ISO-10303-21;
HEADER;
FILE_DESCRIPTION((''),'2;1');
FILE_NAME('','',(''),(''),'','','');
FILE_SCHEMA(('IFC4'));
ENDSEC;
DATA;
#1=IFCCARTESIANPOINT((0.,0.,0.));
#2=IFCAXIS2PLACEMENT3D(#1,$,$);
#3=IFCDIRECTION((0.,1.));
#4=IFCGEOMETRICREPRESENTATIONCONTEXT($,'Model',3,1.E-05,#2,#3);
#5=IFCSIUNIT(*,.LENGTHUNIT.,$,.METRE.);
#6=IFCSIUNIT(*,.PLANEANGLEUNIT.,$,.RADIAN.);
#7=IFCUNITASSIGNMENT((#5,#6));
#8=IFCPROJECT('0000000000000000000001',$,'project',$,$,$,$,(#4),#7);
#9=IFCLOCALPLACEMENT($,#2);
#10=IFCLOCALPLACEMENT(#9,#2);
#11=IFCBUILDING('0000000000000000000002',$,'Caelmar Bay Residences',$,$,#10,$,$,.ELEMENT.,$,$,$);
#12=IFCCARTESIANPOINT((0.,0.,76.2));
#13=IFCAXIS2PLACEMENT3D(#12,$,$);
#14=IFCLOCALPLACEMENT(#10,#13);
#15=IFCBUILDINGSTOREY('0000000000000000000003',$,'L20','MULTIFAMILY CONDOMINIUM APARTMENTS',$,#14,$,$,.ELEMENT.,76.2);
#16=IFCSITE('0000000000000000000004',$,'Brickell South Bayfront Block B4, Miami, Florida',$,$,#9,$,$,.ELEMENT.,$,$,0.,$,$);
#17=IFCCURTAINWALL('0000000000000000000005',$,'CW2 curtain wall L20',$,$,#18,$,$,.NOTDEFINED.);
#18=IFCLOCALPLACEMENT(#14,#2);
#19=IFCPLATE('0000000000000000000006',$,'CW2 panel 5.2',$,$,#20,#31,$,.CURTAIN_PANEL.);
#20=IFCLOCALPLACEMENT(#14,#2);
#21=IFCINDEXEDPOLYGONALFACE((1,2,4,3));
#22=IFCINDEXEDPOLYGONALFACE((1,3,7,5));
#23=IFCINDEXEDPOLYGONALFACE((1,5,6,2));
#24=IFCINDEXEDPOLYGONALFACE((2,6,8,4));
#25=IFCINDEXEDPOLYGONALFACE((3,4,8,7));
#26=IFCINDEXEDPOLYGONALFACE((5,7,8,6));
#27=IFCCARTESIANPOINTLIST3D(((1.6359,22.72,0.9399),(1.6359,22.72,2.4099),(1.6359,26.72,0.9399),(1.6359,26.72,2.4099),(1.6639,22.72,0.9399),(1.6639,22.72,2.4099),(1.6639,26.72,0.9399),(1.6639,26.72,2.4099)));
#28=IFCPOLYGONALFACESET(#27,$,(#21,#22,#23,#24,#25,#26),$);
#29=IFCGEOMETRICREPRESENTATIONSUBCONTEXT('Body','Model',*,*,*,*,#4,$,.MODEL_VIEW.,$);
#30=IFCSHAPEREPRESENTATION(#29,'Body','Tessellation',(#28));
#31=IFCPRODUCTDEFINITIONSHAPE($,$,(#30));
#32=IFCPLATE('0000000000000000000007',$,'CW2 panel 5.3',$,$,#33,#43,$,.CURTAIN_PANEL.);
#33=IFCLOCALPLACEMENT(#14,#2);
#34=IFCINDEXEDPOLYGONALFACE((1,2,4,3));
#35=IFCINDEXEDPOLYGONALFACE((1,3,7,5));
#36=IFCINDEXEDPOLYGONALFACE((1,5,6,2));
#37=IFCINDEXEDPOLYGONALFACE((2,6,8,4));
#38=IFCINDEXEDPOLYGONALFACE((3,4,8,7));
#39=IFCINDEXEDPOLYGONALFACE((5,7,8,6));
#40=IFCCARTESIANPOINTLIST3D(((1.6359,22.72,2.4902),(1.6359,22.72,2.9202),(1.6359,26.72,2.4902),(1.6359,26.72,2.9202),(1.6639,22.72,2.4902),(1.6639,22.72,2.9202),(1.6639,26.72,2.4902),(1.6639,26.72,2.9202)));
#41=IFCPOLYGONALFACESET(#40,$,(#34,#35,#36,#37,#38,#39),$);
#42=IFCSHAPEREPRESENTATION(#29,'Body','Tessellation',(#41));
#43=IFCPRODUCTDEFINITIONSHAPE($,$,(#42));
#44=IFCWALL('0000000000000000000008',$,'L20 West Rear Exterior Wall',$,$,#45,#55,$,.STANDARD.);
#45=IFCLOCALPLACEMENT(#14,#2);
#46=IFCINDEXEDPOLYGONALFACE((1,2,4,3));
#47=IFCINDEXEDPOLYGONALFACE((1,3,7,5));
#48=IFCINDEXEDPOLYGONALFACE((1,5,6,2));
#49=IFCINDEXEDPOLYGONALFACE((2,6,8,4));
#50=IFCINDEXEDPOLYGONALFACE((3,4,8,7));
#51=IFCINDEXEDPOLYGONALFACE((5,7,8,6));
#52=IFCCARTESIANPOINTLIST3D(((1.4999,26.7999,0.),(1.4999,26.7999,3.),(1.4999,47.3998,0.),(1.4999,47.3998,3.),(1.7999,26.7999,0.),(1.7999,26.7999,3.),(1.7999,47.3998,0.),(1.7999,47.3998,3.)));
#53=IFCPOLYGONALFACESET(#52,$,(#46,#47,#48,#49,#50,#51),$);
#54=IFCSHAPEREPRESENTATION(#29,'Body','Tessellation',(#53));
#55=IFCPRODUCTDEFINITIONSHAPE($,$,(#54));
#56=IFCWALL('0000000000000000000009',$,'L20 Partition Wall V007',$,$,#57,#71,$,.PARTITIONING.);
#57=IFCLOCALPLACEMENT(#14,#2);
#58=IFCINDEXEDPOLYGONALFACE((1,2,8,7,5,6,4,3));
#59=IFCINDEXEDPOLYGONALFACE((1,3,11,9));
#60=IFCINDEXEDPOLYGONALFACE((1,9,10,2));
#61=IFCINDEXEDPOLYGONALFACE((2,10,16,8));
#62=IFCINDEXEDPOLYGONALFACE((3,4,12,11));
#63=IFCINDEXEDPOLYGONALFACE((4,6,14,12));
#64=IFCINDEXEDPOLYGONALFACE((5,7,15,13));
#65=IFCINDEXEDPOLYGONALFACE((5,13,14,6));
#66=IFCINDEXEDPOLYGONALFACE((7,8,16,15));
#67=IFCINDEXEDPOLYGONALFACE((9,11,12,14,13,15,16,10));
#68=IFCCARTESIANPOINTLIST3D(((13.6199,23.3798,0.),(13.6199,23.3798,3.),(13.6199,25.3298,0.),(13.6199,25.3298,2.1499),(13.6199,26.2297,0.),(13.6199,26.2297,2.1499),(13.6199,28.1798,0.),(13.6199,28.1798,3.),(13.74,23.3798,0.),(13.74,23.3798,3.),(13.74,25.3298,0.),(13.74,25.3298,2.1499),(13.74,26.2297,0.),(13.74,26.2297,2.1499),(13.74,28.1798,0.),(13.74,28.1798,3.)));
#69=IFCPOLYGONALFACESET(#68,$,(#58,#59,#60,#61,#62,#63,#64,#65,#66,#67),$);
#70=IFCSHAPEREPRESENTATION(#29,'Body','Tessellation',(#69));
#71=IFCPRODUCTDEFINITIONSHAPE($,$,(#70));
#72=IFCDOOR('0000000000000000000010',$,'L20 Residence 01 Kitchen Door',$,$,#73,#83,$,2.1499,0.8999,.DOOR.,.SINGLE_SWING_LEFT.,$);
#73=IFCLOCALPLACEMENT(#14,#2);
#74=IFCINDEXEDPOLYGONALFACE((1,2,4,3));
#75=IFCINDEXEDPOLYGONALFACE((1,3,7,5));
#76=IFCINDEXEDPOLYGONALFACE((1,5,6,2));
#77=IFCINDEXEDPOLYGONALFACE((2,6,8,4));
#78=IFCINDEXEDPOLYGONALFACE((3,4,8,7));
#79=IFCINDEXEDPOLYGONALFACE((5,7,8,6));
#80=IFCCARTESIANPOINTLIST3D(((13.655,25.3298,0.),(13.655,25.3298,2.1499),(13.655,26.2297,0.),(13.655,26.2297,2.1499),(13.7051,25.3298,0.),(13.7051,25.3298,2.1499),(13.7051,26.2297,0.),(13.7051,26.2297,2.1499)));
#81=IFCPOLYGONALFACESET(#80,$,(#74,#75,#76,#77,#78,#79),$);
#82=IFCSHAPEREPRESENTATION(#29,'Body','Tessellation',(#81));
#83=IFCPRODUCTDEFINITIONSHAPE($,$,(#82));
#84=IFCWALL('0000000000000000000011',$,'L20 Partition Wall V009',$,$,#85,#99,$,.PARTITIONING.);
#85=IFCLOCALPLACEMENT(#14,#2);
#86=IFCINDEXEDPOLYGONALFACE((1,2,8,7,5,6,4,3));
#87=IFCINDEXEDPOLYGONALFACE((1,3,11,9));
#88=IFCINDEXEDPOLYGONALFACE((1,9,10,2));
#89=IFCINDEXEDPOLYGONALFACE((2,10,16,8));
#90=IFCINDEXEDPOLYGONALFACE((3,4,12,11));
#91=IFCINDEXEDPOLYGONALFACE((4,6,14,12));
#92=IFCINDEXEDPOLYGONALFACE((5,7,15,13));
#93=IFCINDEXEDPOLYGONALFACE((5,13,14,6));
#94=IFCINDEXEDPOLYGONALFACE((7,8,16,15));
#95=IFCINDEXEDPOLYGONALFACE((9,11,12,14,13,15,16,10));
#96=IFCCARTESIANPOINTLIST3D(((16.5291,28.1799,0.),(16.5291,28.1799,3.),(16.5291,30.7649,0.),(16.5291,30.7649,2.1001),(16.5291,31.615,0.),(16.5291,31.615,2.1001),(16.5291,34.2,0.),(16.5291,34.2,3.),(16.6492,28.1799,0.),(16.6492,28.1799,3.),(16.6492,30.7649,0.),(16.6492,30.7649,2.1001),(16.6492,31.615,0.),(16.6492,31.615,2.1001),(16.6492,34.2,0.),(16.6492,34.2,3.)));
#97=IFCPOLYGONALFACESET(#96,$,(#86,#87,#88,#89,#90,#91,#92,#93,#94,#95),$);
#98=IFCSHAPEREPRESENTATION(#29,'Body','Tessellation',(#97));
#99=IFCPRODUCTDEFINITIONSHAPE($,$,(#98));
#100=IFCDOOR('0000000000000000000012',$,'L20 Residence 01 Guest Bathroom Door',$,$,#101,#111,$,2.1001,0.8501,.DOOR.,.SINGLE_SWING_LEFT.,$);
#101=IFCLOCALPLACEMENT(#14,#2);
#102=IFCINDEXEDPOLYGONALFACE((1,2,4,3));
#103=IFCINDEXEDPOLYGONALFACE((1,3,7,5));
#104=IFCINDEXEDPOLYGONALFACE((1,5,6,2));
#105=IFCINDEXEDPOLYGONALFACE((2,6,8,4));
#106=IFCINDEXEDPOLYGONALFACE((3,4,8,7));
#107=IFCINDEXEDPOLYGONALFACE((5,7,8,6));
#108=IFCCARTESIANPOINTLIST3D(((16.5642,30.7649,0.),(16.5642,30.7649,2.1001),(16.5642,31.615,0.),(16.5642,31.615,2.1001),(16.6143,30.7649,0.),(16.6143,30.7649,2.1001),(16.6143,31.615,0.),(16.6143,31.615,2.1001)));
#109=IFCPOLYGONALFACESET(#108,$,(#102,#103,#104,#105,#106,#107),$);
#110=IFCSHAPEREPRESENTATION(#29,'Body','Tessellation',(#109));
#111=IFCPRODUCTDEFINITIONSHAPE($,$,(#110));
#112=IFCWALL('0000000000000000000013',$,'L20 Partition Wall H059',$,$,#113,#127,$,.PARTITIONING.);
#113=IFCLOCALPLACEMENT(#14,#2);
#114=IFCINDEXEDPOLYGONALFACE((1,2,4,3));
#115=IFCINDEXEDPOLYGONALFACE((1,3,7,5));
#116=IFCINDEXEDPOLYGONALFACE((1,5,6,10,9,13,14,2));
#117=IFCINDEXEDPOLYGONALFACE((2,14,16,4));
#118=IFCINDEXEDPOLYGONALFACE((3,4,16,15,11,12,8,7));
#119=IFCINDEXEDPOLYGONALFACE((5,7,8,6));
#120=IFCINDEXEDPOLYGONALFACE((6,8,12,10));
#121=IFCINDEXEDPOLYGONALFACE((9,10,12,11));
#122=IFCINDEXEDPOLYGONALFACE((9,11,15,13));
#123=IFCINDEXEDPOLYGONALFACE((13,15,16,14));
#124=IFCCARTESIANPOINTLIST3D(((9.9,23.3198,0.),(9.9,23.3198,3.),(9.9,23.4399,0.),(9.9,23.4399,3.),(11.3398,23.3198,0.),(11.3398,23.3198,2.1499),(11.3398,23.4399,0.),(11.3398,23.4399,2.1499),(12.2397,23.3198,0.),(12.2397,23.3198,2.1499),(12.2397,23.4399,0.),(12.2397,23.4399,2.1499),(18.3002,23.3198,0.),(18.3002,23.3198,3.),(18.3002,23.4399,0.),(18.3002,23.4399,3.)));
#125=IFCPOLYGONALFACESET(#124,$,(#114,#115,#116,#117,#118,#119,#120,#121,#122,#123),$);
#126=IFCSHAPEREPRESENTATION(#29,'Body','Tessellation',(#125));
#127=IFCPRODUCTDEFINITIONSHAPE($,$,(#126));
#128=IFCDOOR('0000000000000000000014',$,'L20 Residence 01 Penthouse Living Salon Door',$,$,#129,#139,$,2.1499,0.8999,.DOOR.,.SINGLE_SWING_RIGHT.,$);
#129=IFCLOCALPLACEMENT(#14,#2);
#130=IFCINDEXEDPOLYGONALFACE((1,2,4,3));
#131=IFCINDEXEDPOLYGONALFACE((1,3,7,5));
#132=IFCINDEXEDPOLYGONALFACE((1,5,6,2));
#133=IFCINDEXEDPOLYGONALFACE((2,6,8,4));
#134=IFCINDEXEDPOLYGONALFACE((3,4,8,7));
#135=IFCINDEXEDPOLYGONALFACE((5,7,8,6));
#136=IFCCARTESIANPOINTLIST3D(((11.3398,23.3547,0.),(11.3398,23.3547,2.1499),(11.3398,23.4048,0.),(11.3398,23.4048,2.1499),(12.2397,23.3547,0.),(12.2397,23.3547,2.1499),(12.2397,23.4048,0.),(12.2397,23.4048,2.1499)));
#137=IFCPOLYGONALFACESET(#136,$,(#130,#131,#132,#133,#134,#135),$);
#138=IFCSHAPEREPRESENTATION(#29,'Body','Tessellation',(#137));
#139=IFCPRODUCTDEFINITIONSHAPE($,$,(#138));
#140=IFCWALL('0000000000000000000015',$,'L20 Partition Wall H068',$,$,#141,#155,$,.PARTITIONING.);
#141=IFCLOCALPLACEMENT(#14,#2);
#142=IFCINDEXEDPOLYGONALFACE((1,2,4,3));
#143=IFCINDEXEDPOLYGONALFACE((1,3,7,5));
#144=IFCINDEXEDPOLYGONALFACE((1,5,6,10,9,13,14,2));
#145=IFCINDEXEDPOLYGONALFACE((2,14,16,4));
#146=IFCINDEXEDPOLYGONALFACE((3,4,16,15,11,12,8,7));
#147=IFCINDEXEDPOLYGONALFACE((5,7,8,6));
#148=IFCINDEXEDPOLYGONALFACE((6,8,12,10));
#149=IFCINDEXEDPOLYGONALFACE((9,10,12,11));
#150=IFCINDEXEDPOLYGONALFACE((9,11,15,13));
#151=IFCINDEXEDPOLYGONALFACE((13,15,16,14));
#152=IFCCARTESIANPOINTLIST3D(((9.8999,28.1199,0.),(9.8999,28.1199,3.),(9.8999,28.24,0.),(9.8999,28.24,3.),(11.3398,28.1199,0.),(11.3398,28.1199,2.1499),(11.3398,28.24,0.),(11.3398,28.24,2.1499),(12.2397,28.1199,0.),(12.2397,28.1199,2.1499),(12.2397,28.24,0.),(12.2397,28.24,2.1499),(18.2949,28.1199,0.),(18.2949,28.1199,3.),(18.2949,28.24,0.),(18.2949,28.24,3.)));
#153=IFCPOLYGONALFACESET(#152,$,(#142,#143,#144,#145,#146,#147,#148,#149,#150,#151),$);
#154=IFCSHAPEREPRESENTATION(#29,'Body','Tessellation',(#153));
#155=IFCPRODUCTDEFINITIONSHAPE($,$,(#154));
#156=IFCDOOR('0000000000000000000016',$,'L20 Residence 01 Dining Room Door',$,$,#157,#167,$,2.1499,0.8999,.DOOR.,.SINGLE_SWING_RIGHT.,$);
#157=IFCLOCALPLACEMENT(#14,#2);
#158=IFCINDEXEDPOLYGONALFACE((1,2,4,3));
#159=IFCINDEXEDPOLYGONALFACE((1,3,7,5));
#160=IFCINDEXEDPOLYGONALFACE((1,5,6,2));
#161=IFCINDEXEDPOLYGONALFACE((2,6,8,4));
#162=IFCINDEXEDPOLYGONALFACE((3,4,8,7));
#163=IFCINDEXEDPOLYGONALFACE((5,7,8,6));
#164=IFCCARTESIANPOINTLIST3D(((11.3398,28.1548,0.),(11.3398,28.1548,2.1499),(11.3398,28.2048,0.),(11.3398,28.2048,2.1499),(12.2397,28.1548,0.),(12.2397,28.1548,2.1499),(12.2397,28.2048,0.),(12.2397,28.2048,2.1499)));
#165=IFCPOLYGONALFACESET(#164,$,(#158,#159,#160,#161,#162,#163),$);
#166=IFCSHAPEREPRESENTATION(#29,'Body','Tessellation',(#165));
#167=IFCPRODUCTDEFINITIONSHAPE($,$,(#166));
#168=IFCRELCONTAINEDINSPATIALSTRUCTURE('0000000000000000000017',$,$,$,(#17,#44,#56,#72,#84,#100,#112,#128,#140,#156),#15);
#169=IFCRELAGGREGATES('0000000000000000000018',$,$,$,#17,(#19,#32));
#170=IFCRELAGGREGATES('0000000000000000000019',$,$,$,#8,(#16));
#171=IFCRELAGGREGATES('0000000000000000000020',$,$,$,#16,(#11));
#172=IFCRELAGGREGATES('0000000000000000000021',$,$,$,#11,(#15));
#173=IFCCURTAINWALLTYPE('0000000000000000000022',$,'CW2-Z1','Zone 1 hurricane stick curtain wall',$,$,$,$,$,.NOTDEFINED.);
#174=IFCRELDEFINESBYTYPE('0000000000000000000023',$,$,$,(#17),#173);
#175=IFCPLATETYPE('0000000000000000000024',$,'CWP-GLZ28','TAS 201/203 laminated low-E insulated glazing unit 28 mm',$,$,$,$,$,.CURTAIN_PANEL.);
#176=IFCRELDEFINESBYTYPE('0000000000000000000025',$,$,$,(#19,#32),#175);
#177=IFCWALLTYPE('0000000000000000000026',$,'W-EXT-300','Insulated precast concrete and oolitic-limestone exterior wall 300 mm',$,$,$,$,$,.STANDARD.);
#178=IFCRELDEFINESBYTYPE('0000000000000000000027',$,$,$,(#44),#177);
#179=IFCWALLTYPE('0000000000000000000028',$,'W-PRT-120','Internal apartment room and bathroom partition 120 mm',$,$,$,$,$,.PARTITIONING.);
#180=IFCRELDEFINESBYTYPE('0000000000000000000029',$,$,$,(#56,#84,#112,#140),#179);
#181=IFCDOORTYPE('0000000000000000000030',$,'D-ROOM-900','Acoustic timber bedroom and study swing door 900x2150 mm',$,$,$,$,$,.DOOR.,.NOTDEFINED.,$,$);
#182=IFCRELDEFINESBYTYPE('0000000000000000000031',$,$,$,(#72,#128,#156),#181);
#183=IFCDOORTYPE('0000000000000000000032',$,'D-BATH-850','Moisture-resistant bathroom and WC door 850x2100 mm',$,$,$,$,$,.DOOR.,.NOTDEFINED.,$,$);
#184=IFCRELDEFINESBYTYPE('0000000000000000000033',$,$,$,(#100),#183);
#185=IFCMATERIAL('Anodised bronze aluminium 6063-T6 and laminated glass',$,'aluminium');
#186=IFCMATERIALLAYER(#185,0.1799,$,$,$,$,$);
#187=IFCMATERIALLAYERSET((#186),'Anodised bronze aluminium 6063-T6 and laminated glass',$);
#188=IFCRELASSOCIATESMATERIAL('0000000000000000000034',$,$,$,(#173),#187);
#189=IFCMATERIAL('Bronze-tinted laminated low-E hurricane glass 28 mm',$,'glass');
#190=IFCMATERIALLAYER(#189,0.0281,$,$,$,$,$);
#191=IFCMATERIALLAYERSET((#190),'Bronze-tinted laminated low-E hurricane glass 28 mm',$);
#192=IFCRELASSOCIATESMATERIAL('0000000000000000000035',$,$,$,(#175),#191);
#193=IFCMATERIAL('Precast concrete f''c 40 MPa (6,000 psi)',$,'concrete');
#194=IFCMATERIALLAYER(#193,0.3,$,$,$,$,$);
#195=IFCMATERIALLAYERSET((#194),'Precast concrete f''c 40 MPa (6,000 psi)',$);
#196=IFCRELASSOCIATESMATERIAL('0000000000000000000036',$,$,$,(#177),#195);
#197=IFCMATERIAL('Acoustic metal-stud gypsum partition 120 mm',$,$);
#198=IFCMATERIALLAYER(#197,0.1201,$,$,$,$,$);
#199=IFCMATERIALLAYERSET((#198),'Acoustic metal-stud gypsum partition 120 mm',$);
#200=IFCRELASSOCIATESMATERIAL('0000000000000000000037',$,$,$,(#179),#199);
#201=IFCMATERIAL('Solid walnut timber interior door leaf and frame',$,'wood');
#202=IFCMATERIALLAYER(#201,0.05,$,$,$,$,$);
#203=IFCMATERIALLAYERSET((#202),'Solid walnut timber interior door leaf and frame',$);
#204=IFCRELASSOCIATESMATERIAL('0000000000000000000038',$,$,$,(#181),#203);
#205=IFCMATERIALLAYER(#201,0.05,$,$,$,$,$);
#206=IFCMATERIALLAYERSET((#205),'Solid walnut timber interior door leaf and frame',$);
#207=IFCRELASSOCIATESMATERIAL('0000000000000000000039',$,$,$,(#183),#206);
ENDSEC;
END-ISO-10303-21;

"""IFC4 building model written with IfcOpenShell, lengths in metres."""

from ifc_helpers import new_model, si_unit, direction, frame, frame_2d, origin, origin_2d, place, context, subcontext, project, spatial, rectangle, extrude, material, layer, layer_set, type_object, element, fill, aggregate, save


model = new_model("IFC4")

# Units and contexts
model_context = context("Model", 3, precision=1e-05, world=origin(), true_north=direction((0.0, 1.0)))
body_context = subcontext(model_context, "Body", "Model", "MODEL_VIEW")
ifc_project = project(units=[si_unit("LENGTHUNIT", "METRE"), si_unit("PLANEANGLEUNIT", "RADIAN")], contexts=[model_context])

# Site, building, storey
site_placement = place(None, origin())
site = spatial("IfcSite", under=ifc_project, at=site_placement, Name="Brickell South Bayfront Block B4, Miami, Florida", CompositionType="ELEMENT", RefElevation=0.0)
building_placement = place(site_placement, origin())
building = spatial("IfcBuilding", under=site, at=building_placement, Name="Caelmar Bay Residences", CompositionType="ELEMENT")
storey_placement = place(building_placement, frame((0.0, 0.0, 76.2)))
storey = spatial("IfcBuildingStorey", under=building, at=storey_placement, Name="L20", Description="MULTIFAMILY CONDOMINIUM APARTMENTS", CompositionType="ELEMENT", Elevation=76.2)

# Curtain wall, plates
ifc_material_1 = material(Name="Anodised bronze aluminium 6063-T6 and laminated glass", Category="aluminium")
ifc_layer_1 = layer(ifc_material_1, 0.1799)
ifc_layer_set_1 = layer_set([ifc_layer_1], Name="Anodised bronze aluminium 6063-T6 and laminated glass")
curtain_wall_type = type_object("IfcCurtainWallType", Name="CW2-Z1", Description="Zone 1 hurricane stick curtain wall", PredefinedType="NOTDEFINED", material=ifc_layer_set_1)
curtain_wall_placement = place(storey_placement, origin())
curtain_wall = element("IfcCurtainWall", 1, at=curtain_wall_placement, inside=storey, type_object=curtain_wall_type, Name="CW2 curtain wall L20", PredefinedType="NOTDEFINED")
ifc_material_2 = material(Name="Bronze-tinted laminated low-E hurricane glass 28 mm", Category="glass")
ifc_layer_2 = layer(ifc_material_2, 0.0281)
ifc_layer_set_2 = layer_set([ifc_layer_2], Name="Bronze-tinted laminated low-E hurricane glass 28 mm")
plate_type = type_object("IfcPlateType", Name="CWP-GLZ28", Description="TAS 201/203 laminated low-E insulated glazing unit 28 mm", PredefinedType="CURTAIN_PANEL", material=ifc_layer_set_2)
plate_1_placement = place(storey_placement, frame((1.6499, 24.72, 0.9399), z_axis=(0.0, 0.0, 1.0), x_axis=(0.0, 1.0, 0.0)))
plate_1 = element("IfcPlate", 2, at=plate_1_placement, type_object=plate_type, Name="CW2 panel 5.2", PredefinedType="CURTAIN_PANEL", context=body_context, shape_type="SweptSolid", body=[
    extrude(rectangle(XDim=4.0, YDim=0.0281, at=origin_2d()), origin(), (0.0, 0.0, 1.0), 1.47),
])
plate_2_placement = place(storey_placement, frame((1.6499, 24.72, 2.4902), z_axis=(0.0, 0.0, 1.0), x_axis=(0.0, 1.0, 0.0)))
plate_2 = element("IfcPlate", 3, at=plate_2_placement, type_object=plate_type, Name="CW2 panel 5.3", PredefinedType="CURTAIN_PANEL", context=body_context, shape_type="SweptSolid", body=[
    extrude(rectangle(XDim=4.0, YDim=0.0281, at=origin_2d()), origin(), (0.0, 0.0, 1.0), 0.4299),
])
aggregate(curtain_wall, [plate_1, plate_2])

# Wall
ifc_material_3 = material(Name="Precast concrete f'c 40 MPa (6,000 psi)", Category="concrete")
ifc_layer_3 = layer(ifc_material_3, 0.3)
ifc_layer_set_3 = layer_set([ifc_layer_3], Name="Precast concrete f'c 40 MPa (6,000 psi)")
wall_type_1 = type_object("IfcWallType", Name="W-EXT-300", Description="Insulated precast concrete and oolitic-limestone exterior wall 300 mm", PredefinedType="STANDARD", material=ifc_layer_set_3)
wall_1_placement = place(storey_placement, frame((1.6499, 26.8, 0.0), z_axis=(0.0, 0.0, 1.0), x_axis=(0.0, 1.0, 0.0)))
element("IfcWall", 4, at=wall_1_placement, inside=storey, type_object=wall_type_1, Name="L20 West Rear Exterior Wall", PredefinedType="STANDARD", context=body_context, shape_type="SweptSolid", body=[
    extrude(rectangle(XDim=20.5999, YDim=0.3, at=frame_2d((10.2998, 0.0))), origin(), (0.0, 0.0, 1.0), 3.0),
])

# Walls, openings, doors
ifc_material_4 = material(Name="Acoustic metal-stud gypsum partition 120 mm")
ifc_layer_4 = layer(ifc_material_4, 0.1201)
ifc_layer_set_4 = layer_set([ifc_layer_4], Name="Acoustic metal-stud gypsum partition 120 mm")
wall_type_2 = type_object("IfcWallType", Name="W-PRT-120", Description="Internal apartment room and bathroom partition 120 mm", PredefinedType="PARTITIONING", material=ifc_layer_set_4)
wall_2_placement = place(storey_placement, frame((13.6799, 23.3799, 0.0), z_axis=(0.0, 0.0, 1.0), x_axis=(0.0, 1.0, 0.0)))
wall_2 = element("IfcWall", 5, at=wall_2_placement, inside=storey, type_object=wall_type_2, Name="L20 Partition Wall V007", PredefinedType="PARTITIONING", context=body_context, shape_type="SweptSolid", body=[
    extrude(rectangle(XDim=4.8, YDim=0.1201, at=frame_2d((2.3999, 0.0))), origin(), (0.0, 0.0, 1.0), 3.0),
])
opening_1_placement = place(wall_2_placement, frame((1.95, 0.0, 0.0)))
opening_1 = element("IfcOpeningElement", 6, at=opening_1_placement, cuts=wall_2, PredefinedType="OPENING", context=body_context, shape_type="SweptSolid", body=[
    extrude(rectangle(XDim=0.8999, YDim=2.1499, at=frame_2d((0.45, 1.075))), frame((0.0, 0.0701, 0.0), z_axis=(0.0, -1.0, 0.0), x_axis=(1.0, 0.0, 0.0)), (0.0, 0.0, 1.0), 0.1401),
])
ifc_material_5 = material(Name="Solid walnut timber interior door leaf and frame", Category="wood")
ifc_layer_5 = layer(ifc_material_5, 0.05)
ifc_layer_set_5 = layer_set([ifc_layer_5], Name="Solid walnut timber interior door leaf and frame")
door_type_1 = type_object("IfcDoorType", Name="D-ROOM-900", Description="Acoustic timber bedroom and study swing door 900x2150 mm", OperationType="NOTDEFINED", PredefinedType="DOOR", material=ifc_layer_set_5)
door_1_placement = place(opening_1_placement, origin())
door_1 = element("IfcDoor", 7, at=door_1_placement, inside=storey, type_object=door_type_1, Name="L20 Residence 01 Kitchen Door", OperationType="SINGLE_SWING_LEFT", OverallHeight=2.1499, OverallWidth=0.8999, PredefinedType="DOOR", context=body_context, shape_type="SweptSolid", body=[
    extrude(rectangle(XDim=0.8999, YDim=2.1499, at=frame_2d((0.45, 1.075))), frame((0.0, 0.0249, 0.0), z_axis=(0.0, -1.0, 0.0), x_axis=(1.0, 0.0, 0.0)), (0.0, 0.0, 1.0), 0.05),
])
fill(opening_1, door_1)
wall_3_placement = place(storey_placement, frame((16.5891, 28.1799, 0.0), z_axis=(0.0, 0.0, 1.0), x_axis=(0.0, 1.0, 0.0)))
wall_3 = element("IfcWall", 8, at=wall_3_placement, inside=storey, type_object=wall_type_2, Name="L20 Partition Wall V009", PredefinedType="PARTITIONING", context=body_context, shape_type="SweptSolid", body=[
    extrude(rectangle(XDim=6.02, YDim=0.1201, at=frame_2d((3.01, 0.0))), origin(), (0.0, 0.0, 1.0), 3.0),
])
opening_2_placement = place(wall_3_placement, frame((2.585, 0.0, 0.0)))
opening_2 = element("IfcOpeningElement", 9, at=opening_2_placement, cuts=wall_3, PredefinedType="OPENING", context=body_context, shape_type="SweptSolid", body=[
    extrude(rectangle(XDim=0.8501, YDim=2.1001, at=frame_2d((0.425, 1.05))), frame((0.0, 0.0701, 0.0), z_axis=(0.0, -1.0, 0.0), x_axis=(1.0, 0.0, 0.0)), (0.0, 0.0, 1.0), 0.1401),
])
ifc_layer_6 = layer(ifc_material_5, 0.05)
ifc_layer_set_6 = layer_set([ifc_layer_6], Name="Solid walnut timber interior door leaf and frame")
door_type_2 = type_object("IfcDoorType", Name="D-BATH-850", Description="Moisture-resistant bathroom and WC door 850x2100 mm", OperationType="NOTDEFINED", PredefinedType="DOOR", material=ifc_layer_set_6)
door_2_placement = place(opening_2_placement, origin())
door_2 = element("IfcDoor", 10, at=door_2_placement, inside=storey, type_object=door_type_2, Name="L20 Residence 01 Guest Bathroom Door", OperationType="SINGLE_SWING_LEFT", OverallHeight=2.1001, OverallWidth=0.8501, PredefinedType="DOOR", context=body_context, shape_type="SweptSolid", body=[
    extrude(rectangle(XDim=0.8501, YDim=2.1001, at=frame_2d((0.425, 1.05))), frame((0.0, 0.0249, 0.0), z_axis=(0.0, -1.0, 0.0), x_axis=(1.0, 0.0, 0.0)), (0.0, 0.0, 1.0), 0.05),
])
fill(opening_2, door_2)
wall_4_placement = place(storey_placement, frame((9.8999, 23.3799, 0.0), z_axis=(0.0, 0.0, 1.0), x_axis=(1.0, 0.0, 0.0)))
wall_4 = element("IfcWall", 11, at=wall_4_placement, inside=storey, type_object=wall_type_2, Name="L20 Partition Wall H059", PredefinedType="PARTITIONING", context=body_context, shape_type="SweptSolid", body=[
    extrude(rectangle(XDim=8.4001, YDim=0.1201, at=frame_2d((4.2002, 0.0))), origin(), (0.0, 0.0, 1.0), 3.0),
])
opening_3_placement = place(wall_4_placement, frame((1.4399, 0.0, 0.0)))
opening_3 = element("IfcOpeningElement", 12, at=opening_3_placement, cuts=wall_4, PredefinedType="OPENING", context=body_context, shape_type="SweptSolid", body=[
    extrude(rectangle(XDim=0.8999, YDim=2.1499, at=frame_2d((0.45, 1.075))), frame((0.0, 0.0701, 0.0), z_axis=(0.0, -1.0, 0.0), x_axis=(1.0, 0.0, 0.0)), (0.0, 0.0, 1.0), 0.1401),
])
door_3_placement = place(opening_3_placement, origin())
door_3 = element("IfcDoor", 13, at=door_3_placement, inside=storey, type_object=door_type_1, Name="L20 Residence 01 Penthouse Living Salon Door", OperationType="SINGLE_SWING_RIGHT", OverallHeight=2.1499, OverallWidth=0.8999, PredefinedType="DOOR", context=body_context, shape_type="SweptSolid", body=[
    extrude(rectangle(XDim=0.8999, YDim=2.1499, at=frame_2d((0.45, 1.075))), frame((0.0, 0.0249, 0.0), z_axis=(0.0, -1.0, 0.0), x_axis=(1.0, 0.0, 0.0)), (0.0, 0.0, 1.0), 0.05),
])
fill(opening_3, door_3)
wall_5_placement = place(storey_placement, frame((9.8999, 28.1799, 0.0), z_axis=(0.0, 0.0, 1.0), x_axis=(1.0, 0.0, 0.0)))
wall_5 = element("IfcWall", 14, at=wall_5_placement, inside=storey, type_object=wall_type_2, Name="L20 Partition Wall H068", PredefinedType="PARTITIONING", context=body_context, shape_type="SweptSolid", body=[
    extrude(rectangle(XDim=8.395, YDim=0.1201, at=frame_2d((4.1975, 0.0))), origin(), (0.0, 0.0, 1.0), 3.0),
])
opening_4_placement = place(wall_5_placement, frame((1.4399, 0.0, 0.0)))
opening_4 = element("IfcOpeningElement", 15, at=opening_4_placement, cuts=wall_5, PredefinedType="OPENING", context=body_context, shape_type="SweptSolid", body=[
    extrude(rectangle(XDim=0.8999, YDim=2.1499, at=frame_2d((0.45, 1.075))), frame((0.0, 0.0701, 0.0), z_axis=(0.0, -1.0, 0.0), x_axis=(1.0, 0.0, 0.0)), (0.0, 0.0, 1.0), 0.1401),
])
door_4_placement = place(opening_4_placement, origin())
door_4 = element("IfcDoor", 16, at=door_4_placement, inside=storey, type_object=door_type_1, Name="L20 Residence 01 Dining Room Door", OperationType="SINGLE_SWING_RIGHT", OverallHeight=2.1499, OverallWidth=0.8999, PredefinedType="DOOR", context=body_context, shape_type="SweptSolid", body=[
    extrude(rectangle(XDim=0.8999, YDim=2.1499, at=frame_2d((0.45, 1.075))), frame((0.0, 0.0249, 0.0), z_axis=(0.0, -1.0, 0.0), x_axis=(1.0, 0.0, 0.0)), (0.0, 0.0, 1.0), 0.05),
])
fill(opening_4, door_4)

save(model, "model.ifc")
